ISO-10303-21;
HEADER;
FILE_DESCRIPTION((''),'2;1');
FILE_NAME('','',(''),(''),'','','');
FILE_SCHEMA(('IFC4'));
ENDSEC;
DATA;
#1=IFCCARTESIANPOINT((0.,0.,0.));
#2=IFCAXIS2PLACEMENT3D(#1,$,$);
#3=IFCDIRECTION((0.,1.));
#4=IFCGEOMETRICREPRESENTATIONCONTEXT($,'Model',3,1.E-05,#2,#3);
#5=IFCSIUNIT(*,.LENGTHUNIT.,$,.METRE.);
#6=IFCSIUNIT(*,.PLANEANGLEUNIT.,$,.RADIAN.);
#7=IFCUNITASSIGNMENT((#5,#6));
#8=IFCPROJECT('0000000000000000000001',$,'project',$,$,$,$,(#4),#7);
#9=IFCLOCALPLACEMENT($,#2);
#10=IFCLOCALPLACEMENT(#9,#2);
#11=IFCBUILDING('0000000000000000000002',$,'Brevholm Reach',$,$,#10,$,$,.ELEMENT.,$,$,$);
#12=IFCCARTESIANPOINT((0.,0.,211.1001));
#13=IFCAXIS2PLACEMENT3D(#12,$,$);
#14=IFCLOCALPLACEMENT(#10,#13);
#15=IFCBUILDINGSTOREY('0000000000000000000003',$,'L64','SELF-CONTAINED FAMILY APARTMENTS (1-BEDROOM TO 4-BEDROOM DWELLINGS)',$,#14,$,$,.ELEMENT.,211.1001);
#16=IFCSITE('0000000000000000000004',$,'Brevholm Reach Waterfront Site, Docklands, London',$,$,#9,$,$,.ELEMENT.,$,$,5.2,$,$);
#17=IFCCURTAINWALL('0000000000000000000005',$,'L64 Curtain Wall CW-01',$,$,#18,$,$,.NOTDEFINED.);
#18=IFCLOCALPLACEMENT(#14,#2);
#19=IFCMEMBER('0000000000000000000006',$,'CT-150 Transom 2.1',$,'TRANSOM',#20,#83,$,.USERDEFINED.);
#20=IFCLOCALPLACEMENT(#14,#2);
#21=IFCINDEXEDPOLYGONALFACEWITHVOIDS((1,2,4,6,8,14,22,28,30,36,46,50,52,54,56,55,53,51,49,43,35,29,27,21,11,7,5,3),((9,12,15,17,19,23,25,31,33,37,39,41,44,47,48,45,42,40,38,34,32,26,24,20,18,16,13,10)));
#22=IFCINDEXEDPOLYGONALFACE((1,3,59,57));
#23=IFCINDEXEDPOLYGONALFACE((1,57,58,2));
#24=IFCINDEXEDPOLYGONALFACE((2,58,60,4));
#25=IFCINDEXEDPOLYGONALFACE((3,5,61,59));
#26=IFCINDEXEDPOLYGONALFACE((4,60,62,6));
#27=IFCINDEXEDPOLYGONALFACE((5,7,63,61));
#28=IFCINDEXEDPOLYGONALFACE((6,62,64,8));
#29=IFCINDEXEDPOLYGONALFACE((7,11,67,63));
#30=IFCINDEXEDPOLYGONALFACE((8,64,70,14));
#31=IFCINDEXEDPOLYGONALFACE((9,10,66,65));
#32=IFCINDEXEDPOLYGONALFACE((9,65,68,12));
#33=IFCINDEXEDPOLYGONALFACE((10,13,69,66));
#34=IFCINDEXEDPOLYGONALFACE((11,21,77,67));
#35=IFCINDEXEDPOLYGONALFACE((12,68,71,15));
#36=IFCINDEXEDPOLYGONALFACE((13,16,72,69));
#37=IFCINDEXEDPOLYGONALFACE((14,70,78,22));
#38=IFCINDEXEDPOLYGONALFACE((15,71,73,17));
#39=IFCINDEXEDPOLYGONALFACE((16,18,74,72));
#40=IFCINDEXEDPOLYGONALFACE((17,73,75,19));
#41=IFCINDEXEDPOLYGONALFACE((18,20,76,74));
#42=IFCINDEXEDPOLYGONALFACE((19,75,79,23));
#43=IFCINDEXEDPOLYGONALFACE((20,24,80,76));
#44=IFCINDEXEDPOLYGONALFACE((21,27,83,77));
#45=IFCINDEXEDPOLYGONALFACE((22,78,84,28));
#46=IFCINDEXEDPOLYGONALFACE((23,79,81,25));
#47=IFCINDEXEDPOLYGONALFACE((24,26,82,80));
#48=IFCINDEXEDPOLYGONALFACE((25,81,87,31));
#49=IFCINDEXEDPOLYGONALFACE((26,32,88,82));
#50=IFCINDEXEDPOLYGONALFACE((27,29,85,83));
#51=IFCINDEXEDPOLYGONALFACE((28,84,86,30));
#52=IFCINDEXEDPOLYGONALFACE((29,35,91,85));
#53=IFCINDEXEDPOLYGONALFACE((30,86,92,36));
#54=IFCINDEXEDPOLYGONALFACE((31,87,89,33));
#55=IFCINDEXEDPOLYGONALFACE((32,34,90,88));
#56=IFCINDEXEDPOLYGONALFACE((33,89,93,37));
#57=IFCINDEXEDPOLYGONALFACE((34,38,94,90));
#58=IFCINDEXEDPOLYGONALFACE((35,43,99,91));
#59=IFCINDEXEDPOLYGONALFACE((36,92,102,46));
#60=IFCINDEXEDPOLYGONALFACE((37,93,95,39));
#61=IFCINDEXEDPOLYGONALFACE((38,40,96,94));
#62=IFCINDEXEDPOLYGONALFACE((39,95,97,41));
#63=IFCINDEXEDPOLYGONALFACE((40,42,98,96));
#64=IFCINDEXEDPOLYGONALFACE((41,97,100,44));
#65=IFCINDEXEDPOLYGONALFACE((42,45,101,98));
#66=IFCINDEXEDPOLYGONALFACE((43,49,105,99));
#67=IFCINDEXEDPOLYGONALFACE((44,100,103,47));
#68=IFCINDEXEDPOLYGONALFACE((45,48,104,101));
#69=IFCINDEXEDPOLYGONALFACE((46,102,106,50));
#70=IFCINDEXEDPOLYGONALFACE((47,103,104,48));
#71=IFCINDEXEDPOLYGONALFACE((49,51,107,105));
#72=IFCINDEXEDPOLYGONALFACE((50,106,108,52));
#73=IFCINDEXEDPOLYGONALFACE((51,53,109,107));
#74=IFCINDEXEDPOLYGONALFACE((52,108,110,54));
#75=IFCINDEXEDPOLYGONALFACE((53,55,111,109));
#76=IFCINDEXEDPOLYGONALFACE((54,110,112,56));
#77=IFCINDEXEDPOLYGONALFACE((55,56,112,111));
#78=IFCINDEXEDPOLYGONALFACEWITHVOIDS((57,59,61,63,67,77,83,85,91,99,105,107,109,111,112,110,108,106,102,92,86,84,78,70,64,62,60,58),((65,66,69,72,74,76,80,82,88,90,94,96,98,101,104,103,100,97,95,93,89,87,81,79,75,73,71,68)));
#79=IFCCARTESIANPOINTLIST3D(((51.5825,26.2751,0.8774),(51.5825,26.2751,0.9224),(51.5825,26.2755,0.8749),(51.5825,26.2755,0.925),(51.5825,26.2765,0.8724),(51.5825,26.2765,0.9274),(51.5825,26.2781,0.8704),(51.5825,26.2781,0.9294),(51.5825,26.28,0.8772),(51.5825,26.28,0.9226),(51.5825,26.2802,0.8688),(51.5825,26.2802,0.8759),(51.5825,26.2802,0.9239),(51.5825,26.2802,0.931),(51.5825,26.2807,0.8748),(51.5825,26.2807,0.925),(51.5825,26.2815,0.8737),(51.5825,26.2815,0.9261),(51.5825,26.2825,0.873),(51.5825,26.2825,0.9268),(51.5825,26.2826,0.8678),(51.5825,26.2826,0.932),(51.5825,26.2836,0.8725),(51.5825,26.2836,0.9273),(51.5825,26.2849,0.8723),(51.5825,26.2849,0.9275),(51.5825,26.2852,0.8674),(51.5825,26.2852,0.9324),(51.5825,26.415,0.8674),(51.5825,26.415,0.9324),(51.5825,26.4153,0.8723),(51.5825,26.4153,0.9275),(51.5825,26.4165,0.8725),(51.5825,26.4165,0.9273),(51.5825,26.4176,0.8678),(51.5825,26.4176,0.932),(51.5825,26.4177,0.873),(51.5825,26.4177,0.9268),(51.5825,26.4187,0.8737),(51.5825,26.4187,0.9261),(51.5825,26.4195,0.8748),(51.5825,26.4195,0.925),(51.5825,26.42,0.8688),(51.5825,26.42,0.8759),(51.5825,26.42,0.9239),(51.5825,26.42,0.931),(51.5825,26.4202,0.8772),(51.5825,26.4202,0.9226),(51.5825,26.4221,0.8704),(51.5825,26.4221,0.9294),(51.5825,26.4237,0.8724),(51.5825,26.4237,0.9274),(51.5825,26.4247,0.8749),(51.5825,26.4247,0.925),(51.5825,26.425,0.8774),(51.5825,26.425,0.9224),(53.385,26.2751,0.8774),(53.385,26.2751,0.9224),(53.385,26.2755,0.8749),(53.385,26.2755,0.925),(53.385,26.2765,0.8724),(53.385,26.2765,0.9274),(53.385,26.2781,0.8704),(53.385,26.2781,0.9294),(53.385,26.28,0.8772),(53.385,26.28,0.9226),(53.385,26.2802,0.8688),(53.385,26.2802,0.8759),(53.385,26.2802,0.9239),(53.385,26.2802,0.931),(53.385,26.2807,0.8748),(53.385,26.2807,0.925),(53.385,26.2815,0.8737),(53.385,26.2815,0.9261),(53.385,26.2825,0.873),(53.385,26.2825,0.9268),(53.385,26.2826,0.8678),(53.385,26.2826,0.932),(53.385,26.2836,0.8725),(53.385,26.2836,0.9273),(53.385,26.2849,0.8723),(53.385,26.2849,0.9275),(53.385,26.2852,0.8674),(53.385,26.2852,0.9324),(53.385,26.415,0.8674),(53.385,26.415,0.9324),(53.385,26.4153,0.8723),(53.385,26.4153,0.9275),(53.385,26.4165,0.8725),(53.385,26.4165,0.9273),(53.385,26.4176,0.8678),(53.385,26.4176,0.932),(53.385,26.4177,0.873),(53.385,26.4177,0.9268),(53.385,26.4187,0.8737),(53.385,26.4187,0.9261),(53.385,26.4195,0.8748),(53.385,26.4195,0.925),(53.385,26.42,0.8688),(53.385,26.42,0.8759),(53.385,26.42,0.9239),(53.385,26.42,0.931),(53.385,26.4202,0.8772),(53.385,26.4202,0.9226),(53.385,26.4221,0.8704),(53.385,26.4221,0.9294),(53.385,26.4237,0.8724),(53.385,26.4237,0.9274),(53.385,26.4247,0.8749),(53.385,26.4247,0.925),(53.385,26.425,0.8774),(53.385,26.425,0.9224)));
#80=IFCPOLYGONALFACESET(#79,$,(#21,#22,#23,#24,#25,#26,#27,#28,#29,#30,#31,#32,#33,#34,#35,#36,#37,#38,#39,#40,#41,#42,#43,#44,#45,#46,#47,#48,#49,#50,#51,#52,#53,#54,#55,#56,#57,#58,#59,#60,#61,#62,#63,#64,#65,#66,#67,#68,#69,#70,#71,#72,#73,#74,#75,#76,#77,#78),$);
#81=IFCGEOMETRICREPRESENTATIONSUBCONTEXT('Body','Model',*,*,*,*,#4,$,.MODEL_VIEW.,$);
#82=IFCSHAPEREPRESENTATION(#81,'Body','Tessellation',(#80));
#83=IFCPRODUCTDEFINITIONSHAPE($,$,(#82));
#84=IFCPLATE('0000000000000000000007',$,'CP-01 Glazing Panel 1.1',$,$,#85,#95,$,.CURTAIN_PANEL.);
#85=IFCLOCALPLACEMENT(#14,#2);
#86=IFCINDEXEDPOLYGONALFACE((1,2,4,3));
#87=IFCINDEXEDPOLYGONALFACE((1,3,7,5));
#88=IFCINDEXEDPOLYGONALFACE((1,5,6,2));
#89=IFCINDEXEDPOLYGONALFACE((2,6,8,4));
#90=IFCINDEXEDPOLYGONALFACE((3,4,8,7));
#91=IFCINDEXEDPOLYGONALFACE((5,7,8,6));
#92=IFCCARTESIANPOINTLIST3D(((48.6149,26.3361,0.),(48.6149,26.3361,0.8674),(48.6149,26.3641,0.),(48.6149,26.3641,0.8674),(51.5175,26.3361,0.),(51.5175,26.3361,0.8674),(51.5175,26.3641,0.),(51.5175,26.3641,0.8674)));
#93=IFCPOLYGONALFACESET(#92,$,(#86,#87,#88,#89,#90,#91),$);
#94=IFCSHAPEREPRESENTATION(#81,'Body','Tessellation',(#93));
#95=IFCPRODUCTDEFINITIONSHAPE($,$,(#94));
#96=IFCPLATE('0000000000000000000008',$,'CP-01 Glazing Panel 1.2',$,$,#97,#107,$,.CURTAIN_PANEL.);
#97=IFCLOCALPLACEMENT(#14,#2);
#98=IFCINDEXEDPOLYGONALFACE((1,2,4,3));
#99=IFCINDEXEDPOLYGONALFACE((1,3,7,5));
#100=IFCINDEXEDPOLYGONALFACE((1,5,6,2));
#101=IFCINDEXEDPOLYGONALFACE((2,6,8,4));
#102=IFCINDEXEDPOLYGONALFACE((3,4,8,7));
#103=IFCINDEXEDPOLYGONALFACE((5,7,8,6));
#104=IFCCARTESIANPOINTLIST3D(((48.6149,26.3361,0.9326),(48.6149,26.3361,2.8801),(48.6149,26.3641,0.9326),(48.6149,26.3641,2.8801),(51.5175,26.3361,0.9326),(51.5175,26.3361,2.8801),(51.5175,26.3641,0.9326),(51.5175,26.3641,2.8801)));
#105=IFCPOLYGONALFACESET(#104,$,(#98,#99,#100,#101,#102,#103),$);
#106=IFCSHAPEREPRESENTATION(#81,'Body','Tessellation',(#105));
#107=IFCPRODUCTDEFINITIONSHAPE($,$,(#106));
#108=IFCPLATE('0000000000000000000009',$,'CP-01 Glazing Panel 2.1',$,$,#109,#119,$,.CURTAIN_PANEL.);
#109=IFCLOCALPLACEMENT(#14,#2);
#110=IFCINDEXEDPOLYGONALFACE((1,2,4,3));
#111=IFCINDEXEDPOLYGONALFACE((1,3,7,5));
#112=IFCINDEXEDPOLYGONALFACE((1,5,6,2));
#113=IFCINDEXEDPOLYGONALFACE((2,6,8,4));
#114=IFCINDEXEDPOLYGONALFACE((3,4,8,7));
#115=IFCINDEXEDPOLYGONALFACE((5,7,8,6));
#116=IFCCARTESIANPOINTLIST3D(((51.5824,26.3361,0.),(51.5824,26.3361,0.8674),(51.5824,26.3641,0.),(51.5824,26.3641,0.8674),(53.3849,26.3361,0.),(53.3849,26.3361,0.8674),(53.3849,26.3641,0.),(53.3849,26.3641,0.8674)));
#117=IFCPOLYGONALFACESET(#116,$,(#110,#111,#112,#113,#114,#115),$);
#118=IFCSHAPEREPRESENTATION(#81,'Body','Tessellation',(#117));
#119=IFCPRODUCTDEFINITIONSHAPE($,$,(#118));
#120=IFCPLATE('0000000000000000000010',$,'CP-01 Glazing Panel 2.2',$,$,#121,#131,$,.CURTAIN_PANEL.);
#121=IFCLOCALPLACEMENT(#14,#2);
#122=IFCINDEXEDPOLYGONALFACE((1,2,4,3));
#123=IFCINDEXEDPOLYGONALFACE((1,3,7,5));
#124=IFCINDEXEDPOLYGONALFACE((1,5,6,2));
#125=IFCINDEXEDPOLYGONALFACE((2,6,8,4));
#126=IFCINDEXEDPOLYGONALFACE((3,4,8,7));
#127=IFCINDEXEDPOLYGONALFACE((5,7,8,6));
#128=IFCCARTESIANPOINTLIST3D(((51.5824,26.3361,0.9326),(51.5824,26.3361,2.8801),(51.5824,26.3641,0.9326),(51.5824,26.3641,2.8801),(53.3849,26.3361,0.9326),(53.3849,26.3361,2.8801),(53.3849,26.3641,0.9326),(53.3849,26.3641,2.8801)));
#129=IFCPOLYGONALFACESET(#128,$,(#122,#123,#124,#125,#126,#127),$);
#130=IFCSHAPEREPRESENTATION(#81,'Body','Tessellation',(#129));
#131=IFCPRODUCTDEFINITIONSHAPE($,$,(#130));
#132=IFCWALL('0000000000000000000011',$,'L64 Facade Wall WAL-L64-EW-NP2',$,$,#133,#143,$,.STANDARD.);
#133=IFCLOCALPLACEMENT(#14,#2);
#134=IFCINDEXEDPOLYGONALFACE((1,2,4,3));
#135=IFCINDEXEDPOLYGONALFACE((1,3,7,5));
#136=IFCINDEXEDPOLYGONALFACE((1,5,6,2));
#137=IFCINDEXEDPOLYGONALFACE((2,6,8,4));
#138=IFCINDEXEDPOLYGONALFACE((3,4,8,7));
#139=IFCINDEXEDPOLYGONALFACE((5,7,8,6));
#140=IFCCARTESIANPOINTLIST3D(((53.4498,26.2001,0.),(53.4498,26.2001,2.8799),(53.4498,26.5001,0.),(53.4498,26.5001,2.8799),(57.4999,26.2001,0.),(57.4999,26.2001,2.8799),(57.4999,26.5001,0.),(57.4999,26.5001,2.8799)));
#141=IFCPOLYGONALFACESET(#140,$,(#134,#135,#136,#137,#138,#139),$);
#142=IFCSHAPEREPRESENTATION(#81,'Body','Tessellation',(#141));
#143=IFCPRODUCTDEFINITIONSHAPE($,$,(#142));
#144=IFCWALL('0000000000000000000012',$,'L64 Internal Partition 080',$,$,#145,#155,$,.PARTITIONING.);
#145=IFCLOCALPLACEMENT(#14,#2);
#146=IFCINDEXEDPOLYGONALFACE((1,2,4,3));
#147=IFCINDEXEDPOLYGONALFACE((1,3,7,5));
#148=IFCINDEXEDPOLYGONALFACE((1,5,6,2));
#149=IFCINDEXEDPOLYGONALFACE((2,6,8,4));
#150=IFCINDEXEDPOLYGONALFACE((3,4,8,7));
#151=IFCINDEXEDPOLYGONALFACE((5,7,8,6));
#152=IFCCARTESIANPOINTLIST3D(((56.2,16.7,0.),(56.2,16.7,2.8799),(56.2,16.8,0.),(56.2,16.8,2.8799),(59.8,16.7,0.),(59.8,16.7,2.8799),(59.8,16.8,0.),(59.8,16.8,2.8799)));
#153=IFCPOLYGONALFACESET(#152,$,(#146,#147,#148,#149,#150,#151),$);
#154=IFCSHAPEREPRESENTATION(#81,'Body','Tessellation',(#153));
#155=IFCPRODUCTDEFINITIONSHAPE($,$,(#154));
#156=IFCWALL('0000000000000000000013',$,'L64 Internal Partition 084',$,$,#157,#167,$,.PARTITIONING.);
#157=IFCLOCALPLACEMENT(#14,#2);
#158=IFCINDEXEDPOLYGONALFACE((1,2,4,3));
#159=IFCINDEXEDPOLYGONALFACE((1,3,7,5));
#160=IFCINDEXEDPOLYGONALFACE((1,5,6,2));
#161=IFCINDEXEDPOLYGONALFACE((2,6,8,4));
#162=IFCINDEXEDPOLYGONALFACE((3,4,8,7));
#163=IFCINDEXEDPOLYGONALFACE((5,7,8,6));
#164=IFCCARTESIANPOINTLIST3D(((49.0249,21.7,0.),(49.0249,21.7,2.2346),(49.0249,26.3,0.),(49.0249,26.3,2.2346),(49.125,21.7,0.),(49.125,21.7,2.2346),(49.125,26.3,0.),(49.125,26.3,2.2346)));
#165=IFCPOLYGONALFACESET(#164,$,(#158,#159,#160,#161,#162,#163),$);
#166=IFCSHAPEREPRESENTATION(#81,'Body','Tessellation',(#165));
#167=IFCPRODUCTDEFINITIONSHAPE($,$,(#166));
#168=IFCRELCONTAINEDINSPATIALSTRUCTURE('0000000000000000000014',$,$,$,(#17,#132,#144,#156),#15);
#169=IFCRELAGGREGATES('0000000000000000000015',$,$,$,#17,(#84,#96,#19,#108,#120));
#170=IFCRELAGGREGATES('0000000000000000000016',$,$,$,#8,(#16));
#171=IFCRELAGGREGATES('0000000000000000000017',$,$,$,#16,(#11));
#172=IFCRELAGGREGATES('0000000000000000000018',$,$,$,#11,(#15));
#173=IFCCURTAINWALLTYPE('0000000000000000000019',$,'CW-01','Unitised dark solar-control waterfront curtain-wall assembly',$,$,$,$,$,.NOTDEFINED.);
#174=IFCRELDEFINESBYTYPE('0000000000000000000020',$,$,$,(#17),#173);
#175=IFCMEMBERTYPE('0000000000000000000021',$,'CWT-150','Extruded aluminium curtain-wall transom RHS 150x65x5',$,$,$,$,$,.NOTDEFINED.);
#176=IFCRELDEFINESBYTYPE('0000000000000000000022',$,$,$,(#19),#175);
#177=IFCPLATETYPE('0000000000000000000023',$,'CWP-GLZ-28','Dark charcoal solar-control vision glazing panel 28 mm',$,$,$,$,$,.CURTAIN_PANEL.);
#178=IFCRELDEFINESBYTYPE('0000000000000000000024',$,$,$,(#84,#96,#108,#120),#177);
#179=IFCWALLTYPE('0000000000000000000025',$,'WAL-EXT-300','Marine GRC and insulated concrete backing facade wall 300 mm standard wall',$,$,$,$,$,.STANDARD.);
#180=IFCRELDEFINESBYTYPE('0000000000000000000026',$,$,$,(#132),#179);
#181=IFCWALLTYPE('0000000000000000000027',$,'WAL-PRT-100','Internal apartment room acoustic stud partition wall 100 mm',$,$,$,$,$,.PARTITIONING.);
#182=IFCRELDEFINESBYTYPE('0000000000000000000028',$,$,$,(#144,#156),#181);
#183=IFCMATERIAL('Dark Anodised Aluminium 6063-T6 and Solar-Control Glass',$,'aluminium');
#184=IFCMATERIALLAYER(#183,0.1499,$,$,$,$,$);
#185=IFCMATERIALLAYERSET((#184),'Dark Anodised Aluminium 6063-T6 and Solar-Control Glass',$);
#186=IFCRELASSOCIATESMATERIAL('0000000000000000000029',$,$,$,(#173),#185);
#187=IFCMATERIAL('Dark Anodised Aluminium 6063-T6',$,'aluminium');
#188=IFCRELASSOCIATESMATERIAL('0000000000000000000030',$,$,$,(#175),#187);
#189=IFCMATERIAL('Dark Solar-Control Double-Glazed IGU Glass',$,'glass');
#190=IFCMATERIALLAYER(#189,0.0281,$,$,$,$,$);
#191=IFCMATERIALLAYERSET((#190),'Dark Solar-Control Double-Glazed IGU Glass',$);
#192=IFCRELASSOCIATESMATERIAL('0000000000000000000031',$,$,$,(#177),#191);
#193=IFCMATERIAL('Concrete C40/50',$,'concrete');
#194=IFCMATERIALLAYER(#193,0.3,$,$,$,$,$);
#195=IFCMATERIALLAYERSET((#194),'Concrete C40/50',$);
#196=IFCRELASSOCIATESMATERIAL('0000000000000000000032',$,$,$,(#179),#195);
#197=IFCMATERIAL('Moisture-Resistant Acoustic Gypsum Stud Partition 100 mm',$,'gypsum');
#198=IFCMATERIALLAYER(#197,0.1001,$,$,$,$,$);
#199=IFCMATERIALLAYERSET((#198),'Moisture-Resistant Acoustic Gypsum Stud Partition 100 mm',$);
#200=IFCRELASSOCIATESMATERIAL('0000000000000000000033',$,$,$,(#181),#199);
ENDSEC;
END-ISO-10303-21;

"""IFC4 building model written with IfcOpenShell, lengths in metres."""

from ifc_helpers import new_model, si_unit, direction, frame, frame_2d, origin, origin_2d, place, context, subcontext, project, spatial, rectangle, hollow_rectangle, extrude, material, layer, layer_set, material_profile, profile_set, type_object, element, aggregate, save


model = new_model("IFC4")

# Units and contexts
model_context = context("Model", 3, precision=1e-05, world=origin(), true_north=direction((0.0, 1.0)))
body_context = subcontext(model_context, "Body", "Model", "MODEL_VIEW")
ifc_project = project(units=[si_unit("LENGTHUNIT", "METRE"), si_unit("PLANEANGLEUNIT", "RADIAN")], contexts=[model_context])

# Site, building, storey
site_placement = place(None, origin())
site = spatial("IfcSite", under=ifc_project, at=site_placement, Name="Brevholm Reach Waterfront Site, Docklands, London", CompositionType="ELEMENT", RefElevation=5.2)
building_placement = place(site_placement, origin())
building = spatial("IfcBuilding", under=site, at=building_placement, Name="Brevholm Reach", CompositionType="ELEMENT")
storey_placement = place(building_placement, frame((0.0, 0.0, 211.1001)))
storey = spatial("IfcBuildingStorey", under=building, at=storey_placement, Name="L64", Description="SELF-CONTAINED FAMILY APARTMENTS (1-BEDROOM TO 4-BEDROOM DWELLINGS)", CompositionType="ELEMENT", Elevation=211.1001)

# Curtain wall, member, plates
ifc_material_1 = material(Name="Dark Anodised Aluminium 6063-T6 and Solar-Control Glass", Category="aluminium")
ifc_layer_1 = layer(ifc_material_1, 0.1499)
ifc_layer_set_1 = layer_set([ifc_layer_1], Name="Dark Anodised Aluminium 6063-T6 and Solar-Control Glass")
curtain_wall_type = type_object("IfcCurtainWallType", Name="CW-01", Description="Unitised dark solar-control waterfront curtain-wall assembly", PredefinedType="NOTDEFINED", material=ifc_layer_set_1)
curtain_wall_placement = place(storey_placement, origin())
curtain_wall = element("IfcCurtainWall", 1, at=curtain_wall_placement, inside=storey, type_object=curtain_wall_type, Name="L64 Curtain Wall CW-01", PredefinedType="NOTDEFINED")
ifc_material_2 = material(Name="Dark Anodised Aluminium 6063-T6", Category="aluminium")
ifc_material_profile_1 = material_profile(ifc_material_2, hollow_rectangle(XDim=0.0649, YDim=0.1499, WallThickness=0.0049, InnerFilletRadius=0.0049, OuterFilletRadius=0.01, at=origin_2d()), Name="RHS 150x65x5")
ifc_profile_set_1 = profile_set([ifc_material_profile_1], Name="Dark Anodised Aluminium 6063-T6")
member_type_1 = type_object("IfcMemberType", Name="CWT-150", Description="Extruded aluminium curtain-wall transom RHS 150x65x5", PredefinedType="NOTDEFINED", material=ifc_profile_set_1)
member_1_placement = place(storey_placement, frame((51.5825, 26.3501, 0.8999), z_axis=(1.0, 0.0, 0.0), x_axis=(0.0, 0.0, 1.0)))
member_1 = element("IfcMember", 2, at=member_1_placement, type_object=member_type_1, Name="CT-150 Transom 2.1", ObjectType="TRANSOM", PredefinedType="USERDEFINED", context=body_context, shape_type="SweptSolid", body=[
    extrude(hollow_rectangle(XDim=0.0649, YDim=0.1499, WallThickness=0.0049, InnerFilletRadius=0.0049, OuterFilletRadius=0.01, at=origin_2d()), origin(), (0.0, 0.0, 1.0), 1.8025),
])
ifc_material_3 = material(Name="Dark Solar-Control Double-Glazed IGU Glass", Category="glass")
ifc_layer_2 = layer(ifc_material_3, 0.0281)
ifc_layer_set_2 = layer_set([ifc_layer_2], Name="Dark Solar-Control Double-Glazed IGU Glass")
plate_type = type_object("IfcPlateType", Name="CWP-GLZ-28", Description="Dark charcoal solar-control vision glazing panel 28 mm", PredefinedType="CURTAIN_PANEL", material=ifc_layer_set_2)
plate_1_placement = place(storey_placement, frame((50.0662, 26.3501, 0.0), z_axis=(0.0, 0.0, 1.0), x_axis=(1.0, 0.0, 0.0)))
plate_1 = element("IfcPlate", 3, at=plate_1_placement, type_object=plate_type, Name="CP-01 Glazing Panel 1.1", PredefinedType="CURTAIN_PANEL", context=body_context, shape_type="SweptSolid", body=[
    extrude(rectangle(XDim=2.9026, YDim=0.0281, at=origin_2d()), origin(), (0.0, 0.0, 1.0), 0.8674),
])
plate_2_placement = place(storey_placement, frame((50.0662, 26.3501, 0.9326), z_axis=(0.0, 0.0, 1.0), x_axis=(1.0, 0.0, 0.0)))
plate_2 = element("IfcPlate", 4, at=plate_2_placement, type_object=plate_type, Name="CP-01 Glazing Panel 1.2", PredefinedType="CURTAIN_PANEL", context=body_context, shape_type="SweptSolid", body=[
    extrude(rectangle(XDim=2.9026, YDim=0.0281, at=origin_2d()), origin(), (0.0, 0.0, 1.0), 1.9475),
])
plate_3_placement = place(storey_placement, frame((52.4836, 26.3501, 0.0), z_axis=(0.0, 0.0, 1.0), x_axis=(1.0, 0.0, 0.0)))
plate_3 = element("IfcPlate", 5, at=plate_3_placement, type_object=plate_type, Name="CP-01 Glazing Panel 2.1", PredefinedType="CURTAIN_PANEL", context=body_context, shape_type="SweptSolid", body=[
    extrude(rectangle(XDim=1.8025, YDim=0.0281, at=origin_2d()), origin(), (0.0, 0.0, 1.0), 0.8674),
])
plate_4_placement = place(storey_placement, frame((52.4836, 26.3501, 0.9326), z_axis=(0.0, 0.0, 1.0), x_axis=(1.0, 0.0, 0.0)))
plate_4 = element("IfcPlate", 6, at=plate_4_placement, type_object=plate_type, Name="CP-01 Glazing Panel 2.2", PredefinedType="CURTAIN_PANEL", context=body_context, shape_type="SweptSolid", body=[
    extrude(rectangle(XDim=1.8025, YDim=0.0281, at=origin_2d()), origin(), (0.0, 0.0, 1.0), 1.9475),
])
aggregate(curtain_wall, [plate_1, plate_2, member_1, plate_3, plate_4])

# Walls
ifc_material_4 = material(Name="Concrete C40/50", Category="concrete")
ifc_layer_3 = layer(ifc_material_4, 0.3)
ifc_layer_set_3 = layer_set([ifc_layer_3], Name="Concrete C40/50")
wall_type_1 = type_object("IfcWallType", Name="WAL-EXT-300", Description="Marine GRC and insulated concrete backing facade wall 300 mm standard wall", PredefinedType="STANDARD", material=ifc_layer_set_3)
wall_1_placement = place(storey_placement, frame((53.45, 26.3501, 0.0), z_axis=(0.0, 0.0, 1.0), x_axis=(1.0, 0.0, 0.0)))
element("IfcWall", 7, at=wall_1_placement, inside=storey, type_object=wall_type_1, Name="L64 Facade Wall WAL-L64-EW-NP2", PredefinedType="STANDARD", context=body_context, shape_type="SweptSolid", body=[
    extrude(rectangle(XDim=4.05, YDim=0.3, at=frame_2d((2.0249, 0.0))), origin(), (0.0, 0.0, 1.0), 2.8799),
])
ifc_material_5 = material(Name="Moisture-Resistant Acoustic Gypsum Stud Partition 100 mm", Category="gypsum")
ifc_layer_4 = layer(ifc_material_5, 0.1001)
ifc_layer_set_4 = layer_set([ifc_layer_4], Name="Moisture-Resistant Acoustic Gypsum Stud Partition 100 mm")
wall_type_2 = type_object("IfcWallType", Name="WAL-PRT-100", Description="Internal apartment room acoustic stud partition wall 100 mm", PredefinedType="PARTITIONING", material=ifc_layer_set_4)
wall_2_placement = place(storey_placement, frame((56.2, 16.75, 0.0), z_axis=(0.0, 0.0, 1.0), x_axis=(1.0, 0.0, 0.0)))
element("IfcWall", 8, at=wall_2_placement, inside=storey, type_object=wall_type_2, Name="L64 Internal Partition 080", PredefinedType="PARTITIONING", context=body_context, shape_type="SweptSolid", body=[
    extrude(rectangle(XDim=3.6001, YDim=0.1001, at=frame_2d((1.8, 0.0))), origin(), (0.0, 0.0, 1.0), 2.8799),
])
wall_3_placement = place(storey_placement, frame((49.075, 21.7, 0.0), z_axis=(0.0, 0.0, 1.0), x_axis=(0.0, 1.0, 0.0)))
element("IfcWall", 9, at=wall_3_placement, inside=storey, type_object=wall_type_2, Name="L64 Internal Partition 084", PredefinedType="PARTITIONING", context=body_context, shape_type="SweptSolid", body=[
    extrude(rectangle(XDim=4.6001, YDim=0.1001, at=frame_2d((2.3, 0.0))), origin(), (0.0, 0.0, 1.0), 2.2346),
])

save(model, "model.ifc")
